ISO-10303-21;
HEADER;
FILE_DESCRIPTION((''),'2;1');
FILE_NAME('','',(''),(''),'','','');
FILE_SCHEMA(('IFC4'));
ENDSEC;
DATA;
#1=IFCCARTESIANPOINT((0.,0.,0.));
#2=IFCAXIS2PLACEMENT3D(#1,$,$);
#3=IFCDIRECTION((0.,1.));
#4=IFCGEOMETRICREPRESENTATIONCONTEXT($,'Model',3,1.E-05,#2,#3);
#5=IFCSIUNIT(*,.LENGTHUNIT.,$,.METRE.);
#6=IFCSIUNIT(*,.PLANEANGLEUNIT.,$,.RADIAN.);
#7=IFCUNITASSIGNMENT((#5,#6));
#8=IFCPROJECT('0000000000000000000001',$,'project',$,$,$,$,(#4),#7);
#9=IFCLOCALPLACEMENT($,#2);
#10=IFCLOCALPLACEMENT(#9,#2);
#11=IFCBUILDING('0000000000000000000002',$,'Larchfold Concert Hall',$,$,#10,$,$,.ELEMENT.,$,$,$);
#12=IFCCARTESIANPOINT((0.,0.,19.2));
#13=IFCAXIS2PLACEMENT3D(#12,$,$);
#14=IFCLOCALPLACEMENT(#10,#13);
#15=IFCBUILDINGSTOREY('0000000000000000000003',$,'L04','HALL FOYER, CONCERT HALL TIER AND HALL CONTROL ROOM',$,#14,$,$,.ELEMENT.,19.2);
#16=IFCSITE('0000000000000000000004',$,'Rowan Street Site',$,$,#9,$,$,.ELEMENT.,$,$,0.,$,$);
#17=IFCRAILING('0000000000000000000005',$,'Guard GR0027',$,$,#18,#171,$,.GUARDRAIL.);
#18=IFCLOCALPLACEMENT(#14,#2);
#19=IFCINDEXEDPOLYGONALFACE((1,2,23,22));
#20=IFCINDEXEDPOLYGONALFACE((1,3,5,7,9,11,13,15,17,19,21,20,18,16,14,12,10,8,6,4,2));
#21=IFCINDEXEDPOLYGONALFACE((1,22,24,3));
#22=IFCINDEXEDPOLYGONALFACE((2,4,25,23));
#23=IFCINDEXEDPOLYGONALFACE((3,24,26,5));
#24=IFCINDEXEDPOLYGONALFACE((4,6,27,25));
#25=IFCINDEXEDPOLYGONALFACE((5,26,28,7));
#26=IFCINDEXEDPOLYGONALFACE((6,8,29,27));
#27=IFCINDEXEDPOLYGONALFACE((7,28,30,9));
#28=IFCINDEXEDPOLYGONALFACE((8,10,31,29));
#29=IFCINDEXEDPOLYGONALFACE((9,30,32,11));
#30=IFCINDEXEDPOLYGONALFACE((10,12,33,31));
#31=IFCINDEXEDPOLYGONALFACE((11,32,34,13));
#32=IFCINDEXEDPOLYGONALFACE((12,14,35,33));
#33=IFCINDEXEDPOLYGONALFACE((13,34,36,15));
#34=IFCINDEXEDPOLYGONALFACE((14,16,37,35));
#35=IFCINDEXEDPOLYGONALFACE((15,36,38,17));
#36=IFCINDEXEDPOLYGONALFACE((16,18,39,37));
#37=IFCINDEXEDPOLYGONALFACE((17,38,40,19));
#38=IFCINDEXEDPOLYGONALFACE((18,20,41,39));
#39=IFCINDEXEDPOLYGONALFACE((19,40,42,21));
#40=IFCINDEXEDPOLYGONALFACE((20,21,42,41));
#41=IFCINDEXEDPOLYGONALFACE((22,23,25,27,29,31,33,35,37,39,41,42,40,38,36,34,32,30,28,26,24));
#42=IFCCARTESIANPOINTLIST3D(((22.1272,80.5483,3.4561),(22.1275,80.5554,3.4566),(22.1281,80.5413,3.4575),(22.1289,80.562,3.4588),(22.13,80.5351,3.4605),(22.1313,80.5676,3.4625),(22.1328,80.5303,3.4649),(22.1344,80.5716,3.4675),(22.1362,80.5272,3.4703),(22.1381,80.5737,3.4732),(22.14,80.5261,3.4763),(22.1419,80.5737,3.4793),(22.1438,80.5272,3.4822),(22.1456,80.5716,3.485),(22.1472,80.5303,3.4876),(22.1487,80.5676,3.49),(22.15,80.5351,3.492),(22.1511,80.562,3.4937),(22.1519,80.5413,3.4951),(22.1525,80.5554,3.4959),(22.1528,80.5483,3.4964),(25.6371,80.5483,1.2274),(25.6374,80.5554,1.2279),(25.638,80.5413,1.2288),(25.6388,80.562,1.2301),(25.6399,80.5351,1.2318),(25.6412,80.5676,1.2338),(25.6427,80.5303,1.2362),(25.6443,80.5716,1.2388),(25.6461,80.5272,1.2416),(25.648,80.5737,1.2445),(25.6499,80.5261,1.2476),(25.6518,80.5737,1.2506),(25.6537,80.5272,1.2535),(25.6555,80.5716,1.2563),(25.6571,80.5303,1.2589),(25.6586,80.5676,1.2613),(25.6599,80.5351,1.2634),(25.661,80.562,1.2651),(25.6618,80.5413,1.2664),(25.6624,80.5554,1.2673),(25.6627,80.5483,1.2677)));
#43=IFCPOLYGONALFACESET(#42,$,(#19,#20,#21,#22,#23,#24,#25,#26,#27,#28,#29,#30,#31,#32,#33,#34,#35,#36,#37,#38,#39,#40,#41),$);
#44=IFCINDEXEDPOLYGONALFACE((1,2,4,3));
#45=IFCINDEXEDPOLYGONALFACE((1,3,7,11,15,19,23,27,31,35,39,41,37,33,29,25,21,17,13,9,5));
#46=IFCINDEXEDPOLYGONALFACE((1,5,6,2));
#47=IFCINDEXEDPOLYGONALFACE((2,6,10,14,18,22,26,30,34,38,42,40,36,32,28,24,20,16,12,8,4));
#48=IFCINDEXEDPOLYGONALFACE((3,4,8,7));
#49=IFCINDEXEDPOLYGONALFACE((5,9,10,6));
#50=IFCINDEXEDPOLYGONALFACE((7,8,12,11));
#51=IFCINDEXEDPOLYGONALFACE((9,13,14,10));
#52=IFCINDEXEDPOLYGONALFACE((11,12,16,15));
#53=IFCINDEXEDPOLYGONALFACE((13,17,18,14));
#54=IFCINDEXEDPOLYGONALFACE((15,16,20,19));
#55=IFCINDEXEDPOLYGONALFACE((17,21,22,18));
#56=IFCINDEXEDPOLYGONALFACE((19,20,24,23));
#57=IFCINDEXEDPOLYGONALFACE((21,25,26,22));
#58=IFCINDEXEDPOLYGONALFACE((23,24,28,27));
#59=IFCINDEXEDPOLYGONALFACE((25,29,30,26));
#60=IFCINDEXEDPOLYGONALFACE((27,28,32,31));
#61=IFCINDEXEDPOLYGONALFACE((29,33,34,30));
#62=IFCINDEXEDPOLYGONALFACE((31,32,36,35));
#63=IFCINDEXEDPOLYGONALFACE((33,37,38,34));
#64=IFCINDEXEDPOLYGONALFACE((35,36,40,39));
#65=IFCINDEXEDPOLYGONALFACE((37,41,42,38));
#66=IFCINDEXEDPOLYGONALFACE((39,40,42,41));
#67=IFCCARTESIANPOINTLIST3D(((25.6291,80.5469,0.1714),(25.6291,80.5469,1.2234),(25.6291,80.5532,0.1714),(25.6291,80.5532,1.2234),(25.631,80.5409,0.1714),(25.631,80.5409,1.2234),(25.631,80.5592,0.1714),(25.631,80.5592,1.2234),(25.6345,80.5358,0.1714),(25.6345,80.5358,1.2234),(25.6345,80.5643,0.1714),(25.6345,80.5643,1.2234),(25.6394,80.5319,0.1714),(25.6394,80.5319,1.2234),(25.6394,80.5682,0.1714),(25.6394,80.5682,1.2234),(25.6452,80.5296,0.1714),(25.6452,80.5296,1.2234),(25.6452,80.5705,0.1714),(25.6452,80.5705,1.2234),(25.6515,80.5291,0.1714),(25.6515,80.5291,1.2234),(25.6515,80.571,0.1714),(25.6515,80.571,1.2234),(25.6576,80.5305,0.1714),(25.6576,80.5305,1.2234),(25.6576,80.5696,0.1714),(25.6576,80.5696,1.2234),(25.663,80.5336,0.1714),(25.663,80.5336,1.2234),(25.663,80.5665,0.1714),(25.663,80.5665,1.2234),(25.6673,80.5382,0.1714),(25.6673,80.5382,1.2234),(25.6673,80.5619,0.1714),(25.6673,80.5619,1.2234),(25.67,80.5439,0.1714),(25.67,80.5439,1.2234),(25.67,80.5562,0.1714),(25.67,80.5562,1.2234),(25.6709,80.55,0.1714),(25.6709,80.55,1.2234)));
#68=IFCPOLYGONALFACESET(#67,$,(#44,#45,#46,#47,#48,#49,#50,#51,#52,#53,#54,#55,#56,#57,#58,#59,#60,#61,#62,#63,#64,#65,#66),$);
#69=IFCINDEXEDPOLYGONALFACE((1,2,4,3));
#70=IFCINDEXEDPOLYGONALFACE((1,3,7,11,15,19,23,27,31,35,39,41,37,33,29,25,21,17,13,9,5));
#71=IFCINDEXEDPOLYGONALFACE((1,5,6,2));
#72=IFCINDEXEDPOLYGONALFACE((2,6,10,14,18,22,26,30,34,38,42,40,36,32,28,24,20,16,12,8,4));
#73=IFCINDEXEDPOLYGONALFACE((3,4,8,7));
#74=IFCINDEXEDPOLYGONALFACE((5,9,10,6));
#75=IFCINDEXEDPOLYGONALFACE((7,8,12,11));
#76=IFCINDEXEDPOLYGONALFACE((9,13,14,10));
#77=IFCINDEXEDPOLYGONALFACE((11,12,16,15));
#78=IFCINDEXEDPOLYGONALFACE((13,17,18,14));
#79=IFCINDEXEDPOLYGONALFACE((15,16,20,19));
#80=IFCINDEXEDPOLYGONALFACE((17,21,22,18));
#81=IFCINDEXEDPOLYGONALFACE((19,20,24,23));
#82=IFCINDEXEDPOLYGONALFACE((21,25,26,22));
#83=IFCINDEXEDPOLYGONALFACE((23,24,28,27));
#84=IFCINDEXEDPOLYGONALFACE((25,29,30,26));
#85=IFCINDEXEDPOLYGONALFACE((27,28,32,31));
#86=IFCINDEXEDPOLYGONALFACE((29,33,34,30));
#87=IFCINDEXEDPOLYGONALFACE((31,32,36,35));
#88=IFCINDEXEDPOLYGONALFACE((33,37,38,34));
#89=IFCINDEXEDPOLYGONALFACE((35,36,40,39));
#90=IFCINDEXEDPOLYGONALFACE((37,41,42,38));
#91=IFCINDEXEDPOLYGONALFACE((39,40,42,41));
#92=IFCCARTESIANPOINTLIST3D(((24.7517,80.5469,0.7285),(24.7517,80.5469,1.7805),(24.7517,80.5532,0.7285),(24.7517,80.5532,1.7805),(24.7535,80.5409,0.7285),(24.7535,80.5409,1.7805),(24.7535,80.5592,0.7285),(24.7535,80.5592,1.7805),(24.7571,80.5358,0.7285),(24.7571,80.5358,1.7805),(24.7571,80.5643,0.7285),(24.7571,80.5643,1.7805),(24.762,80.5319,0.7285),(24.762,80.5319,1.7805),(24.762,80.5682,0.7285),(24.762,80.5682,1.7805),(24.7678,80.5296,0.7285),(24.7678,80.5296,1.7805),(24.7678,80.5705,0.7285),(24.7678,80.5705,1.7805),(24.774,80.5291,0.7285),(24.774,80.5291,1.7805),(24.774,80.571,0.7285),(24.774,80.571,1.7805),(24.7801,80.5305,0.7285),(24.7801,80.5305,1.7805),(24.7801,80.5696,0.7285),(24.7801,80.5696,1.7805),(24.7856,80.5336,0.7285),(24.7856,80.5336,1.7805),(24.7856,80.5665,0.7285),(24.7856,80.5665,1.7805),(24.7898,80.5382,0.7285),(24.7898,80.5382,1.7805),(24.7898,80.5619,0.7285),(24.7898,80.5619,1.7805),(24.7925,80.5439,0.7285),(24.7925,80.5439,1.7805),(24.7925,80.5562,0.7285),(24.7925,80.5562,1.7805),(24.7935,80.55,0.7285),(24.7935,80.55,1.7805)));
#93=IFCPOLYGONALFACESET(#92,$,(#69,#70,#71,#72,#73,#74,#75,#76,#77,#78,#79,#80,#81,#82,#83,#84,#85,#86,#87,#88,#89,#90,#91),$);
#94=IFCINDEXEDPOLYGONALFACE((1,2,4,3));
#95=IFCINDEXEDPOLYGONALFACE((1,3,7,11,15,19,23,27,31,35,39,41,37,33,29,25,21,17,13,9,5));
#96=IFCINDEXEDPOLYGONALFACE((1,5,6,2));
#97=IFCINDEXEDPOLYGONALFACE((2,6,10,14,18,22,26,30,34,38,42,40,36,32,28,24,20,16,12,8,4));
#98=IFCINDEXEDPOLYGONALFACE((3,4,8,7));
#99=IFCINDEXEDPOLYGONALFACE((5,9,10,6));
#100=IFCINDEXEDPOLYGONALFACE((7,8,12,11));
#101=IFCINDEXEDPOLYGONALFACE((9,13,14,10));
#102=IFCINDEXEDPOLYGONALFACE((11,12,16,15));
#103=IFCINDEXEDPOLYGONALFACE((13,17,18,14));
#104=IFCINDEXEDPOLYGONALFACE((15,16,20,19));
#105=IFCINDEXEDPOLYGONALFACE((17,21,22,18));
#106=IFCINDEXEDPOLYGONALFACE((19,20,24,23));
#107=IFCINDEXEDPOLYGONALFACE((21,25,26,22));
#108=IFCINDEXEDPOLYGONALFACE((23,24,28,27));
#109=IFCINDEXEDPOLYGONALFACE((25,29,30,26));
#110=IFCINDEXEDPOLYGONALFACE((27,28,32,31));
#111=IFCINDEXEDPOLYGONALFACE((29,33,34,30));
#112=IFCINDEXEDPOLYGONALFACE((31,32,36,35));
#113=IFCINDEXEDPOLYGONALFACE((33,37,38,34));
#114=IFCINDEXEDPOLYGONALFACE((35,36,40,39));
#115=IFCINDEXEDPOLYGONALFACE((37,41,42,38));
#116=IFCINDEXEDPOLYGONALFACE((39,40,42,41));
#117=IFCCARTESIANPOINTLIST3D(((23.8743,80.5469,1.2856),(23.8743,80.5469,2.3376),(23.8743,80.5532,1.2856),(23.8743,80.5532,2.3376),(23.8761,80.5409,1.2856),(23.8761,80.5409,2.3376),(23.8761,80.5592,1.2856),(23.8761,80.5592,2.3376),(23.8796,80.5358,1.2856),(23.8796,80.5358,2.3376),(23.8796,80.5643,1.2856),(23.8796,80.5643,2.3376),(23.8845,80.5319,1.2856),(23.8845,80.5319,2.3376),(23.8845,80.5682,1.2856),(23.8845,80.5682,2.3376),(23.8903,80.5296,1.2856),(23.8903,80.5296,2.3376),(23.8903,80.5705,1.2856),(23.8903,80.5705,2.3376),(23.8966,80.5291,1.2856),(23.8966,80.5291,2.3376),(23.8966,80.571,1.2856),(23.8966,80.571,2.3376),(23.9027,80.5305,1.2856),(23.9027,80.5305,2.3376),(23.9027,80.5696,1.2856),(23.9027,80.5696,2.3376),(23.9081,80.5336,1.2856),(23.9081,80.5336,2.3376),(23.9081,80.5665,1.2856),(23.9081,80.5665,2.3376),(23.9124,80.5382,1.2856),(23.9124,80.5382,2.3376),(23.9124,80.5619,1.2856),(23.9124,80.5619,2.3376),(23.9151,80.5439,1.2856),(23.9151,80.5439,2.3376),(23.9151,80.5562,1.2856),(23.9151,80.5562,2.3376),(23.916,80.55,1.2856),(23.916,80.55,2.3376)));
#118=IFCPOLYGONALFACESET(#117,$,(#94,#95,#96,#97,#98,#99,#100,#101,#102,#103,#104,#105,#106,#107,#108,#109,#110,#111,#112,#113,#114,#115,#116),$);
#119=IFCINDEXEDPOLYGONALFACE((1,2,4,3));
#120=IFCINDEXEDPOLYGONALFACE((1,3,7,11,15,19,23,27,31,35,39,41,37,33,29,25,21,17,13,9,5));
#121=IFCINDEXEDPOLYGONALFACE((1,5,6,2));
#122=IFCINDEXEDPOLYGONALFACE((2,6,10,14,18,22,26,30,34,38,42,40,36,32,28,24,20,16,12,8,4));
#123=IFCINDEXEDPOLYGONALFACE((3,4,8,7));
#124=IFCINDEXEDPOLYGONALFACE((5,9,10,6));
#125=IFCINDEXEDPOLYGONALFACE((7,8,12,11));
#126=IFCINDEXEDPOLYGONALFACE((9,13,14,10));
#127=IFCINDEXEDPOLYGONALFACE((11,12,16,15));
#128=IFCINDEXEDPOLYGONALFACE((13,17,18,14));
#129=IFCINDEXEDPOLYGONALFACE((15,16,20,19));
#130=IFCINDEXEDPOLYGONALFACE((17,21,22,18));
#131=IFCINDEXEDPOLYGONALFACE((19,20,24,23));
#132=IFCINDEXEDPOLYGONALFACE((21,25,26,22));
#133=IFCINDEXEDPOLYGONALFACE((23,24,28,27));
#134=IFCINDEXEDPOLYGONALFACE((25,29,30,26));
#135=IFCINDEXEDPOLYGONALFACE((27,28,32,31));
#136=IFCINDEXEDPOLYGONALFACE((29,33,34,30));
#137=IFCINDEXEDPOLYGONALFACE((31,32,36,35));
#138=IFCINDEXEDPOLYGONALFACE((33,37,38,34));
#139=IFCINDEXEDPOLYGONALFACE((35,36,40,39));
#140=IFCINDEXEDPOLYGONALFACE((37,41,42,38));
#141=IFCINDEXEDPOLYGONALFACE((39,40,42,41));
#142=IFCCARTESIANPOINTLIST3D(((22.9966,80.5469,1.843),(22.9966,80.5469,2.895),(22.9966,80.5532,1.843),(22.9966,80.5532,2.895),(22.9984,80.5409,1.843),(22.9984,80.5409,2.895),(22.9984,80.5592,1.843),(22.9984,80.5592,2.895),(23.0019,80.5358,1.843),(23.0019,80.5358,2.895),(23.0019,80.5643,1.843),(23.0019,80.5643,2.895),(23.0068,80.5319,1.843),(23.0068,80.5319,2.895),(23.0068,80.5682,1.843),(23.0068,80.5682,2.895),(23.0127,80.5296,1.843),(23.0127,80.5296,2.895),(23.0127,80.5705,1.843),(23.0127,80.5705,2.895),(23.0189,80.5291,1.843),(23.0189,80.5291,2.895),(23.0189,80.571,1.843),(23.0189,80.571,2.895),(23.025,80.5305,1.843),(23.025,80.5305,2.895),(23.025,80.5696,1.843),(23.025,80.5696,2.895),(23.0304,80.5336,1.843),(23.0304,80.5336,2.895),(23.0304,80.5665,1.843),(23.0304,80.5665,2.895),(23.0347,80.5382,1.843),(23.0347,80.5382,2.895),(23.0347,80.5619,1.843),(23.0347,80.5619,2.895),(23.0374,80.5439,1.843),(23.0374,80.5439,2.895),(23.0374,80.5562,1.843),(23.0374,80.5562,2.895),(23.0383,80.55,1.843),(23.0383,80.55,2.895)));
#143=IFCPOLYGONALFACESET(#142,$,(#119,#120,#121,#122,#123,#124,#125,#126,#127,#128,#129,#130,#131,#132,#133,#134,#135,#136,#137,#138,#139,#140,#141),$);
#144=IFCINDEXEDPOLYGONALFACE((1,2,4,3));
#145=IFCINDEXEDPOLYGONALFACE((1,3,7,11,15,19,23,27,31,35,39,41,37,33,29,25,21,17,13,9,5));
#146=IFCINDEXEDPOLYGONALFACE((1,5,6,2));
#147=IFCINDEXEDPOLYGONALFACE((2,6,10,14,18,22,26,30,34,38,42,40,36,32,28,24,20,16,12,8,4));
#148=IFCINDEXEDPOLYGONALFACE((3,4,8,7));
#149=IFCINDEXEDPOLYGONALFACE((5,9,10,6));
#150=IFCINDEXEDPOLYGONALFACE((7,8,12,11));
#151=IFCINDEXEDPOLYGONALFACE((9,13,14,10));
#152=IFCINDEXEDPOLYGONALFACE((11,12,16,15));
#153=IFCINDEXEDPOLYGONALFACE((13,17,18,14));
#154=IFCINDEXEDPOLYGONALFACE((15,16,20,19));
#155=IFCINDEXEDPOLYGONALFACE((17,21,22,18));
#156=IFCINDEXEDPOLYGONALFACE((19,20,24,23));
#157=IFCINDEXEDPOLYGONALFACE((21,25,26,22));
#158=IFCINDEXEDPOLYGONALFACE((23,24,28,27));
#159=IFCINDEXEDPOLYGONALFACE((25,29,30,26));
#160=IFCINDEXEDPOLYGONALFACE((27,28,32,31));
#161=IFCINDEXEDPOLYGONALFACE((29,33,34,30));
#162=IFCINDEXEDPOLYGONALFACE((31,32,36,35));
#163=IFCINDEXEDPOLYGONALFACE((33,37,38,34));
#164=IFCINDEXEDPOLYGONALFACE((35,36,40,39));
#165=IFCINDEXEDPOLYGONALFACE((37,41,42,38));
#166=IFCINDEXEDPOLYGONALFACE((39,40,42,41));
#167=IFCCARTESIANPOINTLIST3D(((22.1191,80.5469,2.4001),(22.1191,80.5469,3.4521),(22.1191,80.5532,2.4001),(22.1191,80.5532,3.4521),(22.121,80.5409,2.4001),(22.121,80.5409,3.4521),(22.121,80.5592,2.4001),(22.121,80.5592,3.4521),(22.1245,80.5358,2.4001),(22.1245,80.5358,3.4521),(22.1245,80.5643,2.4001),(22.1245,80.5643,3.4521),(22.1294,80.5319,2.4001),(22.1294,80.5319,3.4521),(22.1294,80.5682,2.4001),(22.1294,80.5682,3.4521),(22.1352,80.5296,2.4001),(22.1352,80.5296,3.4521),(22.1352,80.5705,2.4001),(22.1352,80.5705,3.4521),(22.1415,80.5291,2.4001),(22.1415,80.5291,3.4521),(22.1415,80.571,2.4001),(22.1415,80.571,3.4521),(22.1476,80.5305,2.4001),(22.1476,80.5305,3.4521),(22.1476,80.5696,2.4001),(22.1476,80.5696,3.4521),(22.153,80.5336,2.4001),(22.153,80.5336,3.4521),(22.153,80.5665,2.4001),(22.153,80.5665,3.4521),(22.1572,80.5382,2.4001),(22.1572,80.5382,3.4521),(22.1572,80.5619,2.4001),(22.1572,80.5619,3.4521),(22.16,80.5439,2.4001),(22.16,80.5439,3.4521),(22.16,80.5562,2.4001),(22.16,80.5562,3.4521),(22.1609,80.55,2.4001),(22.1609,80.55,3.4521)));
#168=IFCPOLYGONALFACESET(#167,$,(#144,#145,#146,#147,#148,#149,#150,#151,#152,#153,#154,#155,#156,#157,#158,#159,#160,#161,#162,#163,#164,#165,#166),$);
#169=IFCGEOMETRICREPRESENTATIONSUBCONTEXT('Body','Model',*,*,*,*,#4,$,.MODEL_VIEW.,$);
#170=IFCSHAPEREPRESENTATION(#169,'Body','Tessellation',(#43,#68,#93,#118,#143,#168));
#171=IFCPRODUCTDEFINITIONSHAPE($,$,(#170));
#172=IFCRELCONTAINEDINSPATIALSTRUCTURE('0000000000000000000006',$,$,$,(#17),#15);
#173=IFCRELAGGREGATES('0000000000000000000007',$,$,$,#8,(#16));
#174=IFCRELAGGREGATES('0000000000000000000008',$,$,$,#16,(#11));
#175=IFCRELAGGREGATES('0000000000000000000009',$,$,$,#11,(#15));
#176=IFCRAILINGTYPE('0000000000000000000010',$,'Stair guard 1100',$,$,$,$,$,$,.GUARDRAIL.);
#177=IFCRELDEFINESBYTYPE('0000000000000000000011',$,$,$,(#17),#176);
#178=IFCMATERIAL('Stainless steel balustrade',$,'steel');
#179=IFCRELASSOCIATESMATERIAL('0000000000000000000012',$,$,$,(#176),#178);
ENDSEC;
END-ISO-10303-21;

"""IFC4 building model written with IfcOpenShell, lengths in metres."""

from ifc_helpers import new_model, si_unit, direction, frame, origin, origin_2d, place, context, subcontext, project, spatial, circle, extrude, material, type_object, element, save


model = new_model("IFC4")

# Units and contexts
model_context = context("Model", 3, precision=1e-05, world=origin(), true_north=direction((0.0, 1.0)))
body_context = subcontext(model_context, "Body", "Model", "MODEL_VIEW")
ifc_project = project(units=[si_unit("LENGTHUNIT", "METRE"), si_unit("PLANEANGLEUNIT", "RADIAN")], contexts=[model_context])

# Site, building, storey
site_placement = place(None, origin())
site = spatial("IfcSite", under=ifc_project, at=site_placement, Name="Rowan Street Site", CompositionType="ELEMENT", RefElevation=0.0)
building_placement = place(site_placement, origin())
building = spatial("IfcBuilding", under=site, at=building_placement, Name="Larchfold Concert Hall", CompositionType="ELEMENT")
storey_placement = place(building_placement, frame((0.0, 0.0, 19.2)))
storey = spatial("IfcBuildingStorey", under=building, at=storey_placement, Name="L04", Description="HALL FOYER, CONCERT HALL TIER AND HALL CONTROL ROOM", CompositionType="ELEMENT", Elevation=19.2)

# Railing
ifc_material_1 = material(Name="Stainless steel balustrade", Category="steel")
railing_type_1 = type_object("IfcRailingType", Name="Stair guard 1100", PredefinedType="GUARDRAIL", material=ifc_material_1)
railing_1_placement = place(storey_placement, frame((25.6499, 80.55, 0.1714)))
element("IfcRailing", 1, at=railing_1_placement, inside=storey, type_object=railing_type_1, Name="Guard GR0027", PredefinedType="GUARDRAIL", context=body_context, shape_type="SweptSolid", body=[
    extrude(circle(Radius=0.0239, at=origin_2d()), frame((0.0, 0.0, 1.0762), z_axis=(-0.844193, 0.0, 0.536039), x_axis=(0.0, -1.0, 0.0)), (0.0, 0.0, 1.0), 4.1577),
    extrude(circle(Radius=0.021, at=origin_2d()), origin(), (0.0, 0.0, 1.0), 1.052),
    extrude(circle(Radius=0.021, at=origin_2d()), frame((-0.8774, 0.0, 0.5571)), (0.0, 0.0, 1.0), 1.052),
    extrude(circle(Radius=0.021, at=origin_2d()), frame((-1.7549, 0.0, 1.1143)), (0.0, 0.0, 1.0), 1.052),
    extrude(circle(Radius=0.021, at=origin_2d()), frame((-2.6326, 0.0, 1.6716)), (0.0, 0.0, 1.0), 1.052),
    extrude(circle(Radius=0.021, at=origin_2d()), frame((-3.51, 0.0, 2.2288)), (0.0, 0.0, 1.0), 1.052),
])

save(model, "model.ifc")
